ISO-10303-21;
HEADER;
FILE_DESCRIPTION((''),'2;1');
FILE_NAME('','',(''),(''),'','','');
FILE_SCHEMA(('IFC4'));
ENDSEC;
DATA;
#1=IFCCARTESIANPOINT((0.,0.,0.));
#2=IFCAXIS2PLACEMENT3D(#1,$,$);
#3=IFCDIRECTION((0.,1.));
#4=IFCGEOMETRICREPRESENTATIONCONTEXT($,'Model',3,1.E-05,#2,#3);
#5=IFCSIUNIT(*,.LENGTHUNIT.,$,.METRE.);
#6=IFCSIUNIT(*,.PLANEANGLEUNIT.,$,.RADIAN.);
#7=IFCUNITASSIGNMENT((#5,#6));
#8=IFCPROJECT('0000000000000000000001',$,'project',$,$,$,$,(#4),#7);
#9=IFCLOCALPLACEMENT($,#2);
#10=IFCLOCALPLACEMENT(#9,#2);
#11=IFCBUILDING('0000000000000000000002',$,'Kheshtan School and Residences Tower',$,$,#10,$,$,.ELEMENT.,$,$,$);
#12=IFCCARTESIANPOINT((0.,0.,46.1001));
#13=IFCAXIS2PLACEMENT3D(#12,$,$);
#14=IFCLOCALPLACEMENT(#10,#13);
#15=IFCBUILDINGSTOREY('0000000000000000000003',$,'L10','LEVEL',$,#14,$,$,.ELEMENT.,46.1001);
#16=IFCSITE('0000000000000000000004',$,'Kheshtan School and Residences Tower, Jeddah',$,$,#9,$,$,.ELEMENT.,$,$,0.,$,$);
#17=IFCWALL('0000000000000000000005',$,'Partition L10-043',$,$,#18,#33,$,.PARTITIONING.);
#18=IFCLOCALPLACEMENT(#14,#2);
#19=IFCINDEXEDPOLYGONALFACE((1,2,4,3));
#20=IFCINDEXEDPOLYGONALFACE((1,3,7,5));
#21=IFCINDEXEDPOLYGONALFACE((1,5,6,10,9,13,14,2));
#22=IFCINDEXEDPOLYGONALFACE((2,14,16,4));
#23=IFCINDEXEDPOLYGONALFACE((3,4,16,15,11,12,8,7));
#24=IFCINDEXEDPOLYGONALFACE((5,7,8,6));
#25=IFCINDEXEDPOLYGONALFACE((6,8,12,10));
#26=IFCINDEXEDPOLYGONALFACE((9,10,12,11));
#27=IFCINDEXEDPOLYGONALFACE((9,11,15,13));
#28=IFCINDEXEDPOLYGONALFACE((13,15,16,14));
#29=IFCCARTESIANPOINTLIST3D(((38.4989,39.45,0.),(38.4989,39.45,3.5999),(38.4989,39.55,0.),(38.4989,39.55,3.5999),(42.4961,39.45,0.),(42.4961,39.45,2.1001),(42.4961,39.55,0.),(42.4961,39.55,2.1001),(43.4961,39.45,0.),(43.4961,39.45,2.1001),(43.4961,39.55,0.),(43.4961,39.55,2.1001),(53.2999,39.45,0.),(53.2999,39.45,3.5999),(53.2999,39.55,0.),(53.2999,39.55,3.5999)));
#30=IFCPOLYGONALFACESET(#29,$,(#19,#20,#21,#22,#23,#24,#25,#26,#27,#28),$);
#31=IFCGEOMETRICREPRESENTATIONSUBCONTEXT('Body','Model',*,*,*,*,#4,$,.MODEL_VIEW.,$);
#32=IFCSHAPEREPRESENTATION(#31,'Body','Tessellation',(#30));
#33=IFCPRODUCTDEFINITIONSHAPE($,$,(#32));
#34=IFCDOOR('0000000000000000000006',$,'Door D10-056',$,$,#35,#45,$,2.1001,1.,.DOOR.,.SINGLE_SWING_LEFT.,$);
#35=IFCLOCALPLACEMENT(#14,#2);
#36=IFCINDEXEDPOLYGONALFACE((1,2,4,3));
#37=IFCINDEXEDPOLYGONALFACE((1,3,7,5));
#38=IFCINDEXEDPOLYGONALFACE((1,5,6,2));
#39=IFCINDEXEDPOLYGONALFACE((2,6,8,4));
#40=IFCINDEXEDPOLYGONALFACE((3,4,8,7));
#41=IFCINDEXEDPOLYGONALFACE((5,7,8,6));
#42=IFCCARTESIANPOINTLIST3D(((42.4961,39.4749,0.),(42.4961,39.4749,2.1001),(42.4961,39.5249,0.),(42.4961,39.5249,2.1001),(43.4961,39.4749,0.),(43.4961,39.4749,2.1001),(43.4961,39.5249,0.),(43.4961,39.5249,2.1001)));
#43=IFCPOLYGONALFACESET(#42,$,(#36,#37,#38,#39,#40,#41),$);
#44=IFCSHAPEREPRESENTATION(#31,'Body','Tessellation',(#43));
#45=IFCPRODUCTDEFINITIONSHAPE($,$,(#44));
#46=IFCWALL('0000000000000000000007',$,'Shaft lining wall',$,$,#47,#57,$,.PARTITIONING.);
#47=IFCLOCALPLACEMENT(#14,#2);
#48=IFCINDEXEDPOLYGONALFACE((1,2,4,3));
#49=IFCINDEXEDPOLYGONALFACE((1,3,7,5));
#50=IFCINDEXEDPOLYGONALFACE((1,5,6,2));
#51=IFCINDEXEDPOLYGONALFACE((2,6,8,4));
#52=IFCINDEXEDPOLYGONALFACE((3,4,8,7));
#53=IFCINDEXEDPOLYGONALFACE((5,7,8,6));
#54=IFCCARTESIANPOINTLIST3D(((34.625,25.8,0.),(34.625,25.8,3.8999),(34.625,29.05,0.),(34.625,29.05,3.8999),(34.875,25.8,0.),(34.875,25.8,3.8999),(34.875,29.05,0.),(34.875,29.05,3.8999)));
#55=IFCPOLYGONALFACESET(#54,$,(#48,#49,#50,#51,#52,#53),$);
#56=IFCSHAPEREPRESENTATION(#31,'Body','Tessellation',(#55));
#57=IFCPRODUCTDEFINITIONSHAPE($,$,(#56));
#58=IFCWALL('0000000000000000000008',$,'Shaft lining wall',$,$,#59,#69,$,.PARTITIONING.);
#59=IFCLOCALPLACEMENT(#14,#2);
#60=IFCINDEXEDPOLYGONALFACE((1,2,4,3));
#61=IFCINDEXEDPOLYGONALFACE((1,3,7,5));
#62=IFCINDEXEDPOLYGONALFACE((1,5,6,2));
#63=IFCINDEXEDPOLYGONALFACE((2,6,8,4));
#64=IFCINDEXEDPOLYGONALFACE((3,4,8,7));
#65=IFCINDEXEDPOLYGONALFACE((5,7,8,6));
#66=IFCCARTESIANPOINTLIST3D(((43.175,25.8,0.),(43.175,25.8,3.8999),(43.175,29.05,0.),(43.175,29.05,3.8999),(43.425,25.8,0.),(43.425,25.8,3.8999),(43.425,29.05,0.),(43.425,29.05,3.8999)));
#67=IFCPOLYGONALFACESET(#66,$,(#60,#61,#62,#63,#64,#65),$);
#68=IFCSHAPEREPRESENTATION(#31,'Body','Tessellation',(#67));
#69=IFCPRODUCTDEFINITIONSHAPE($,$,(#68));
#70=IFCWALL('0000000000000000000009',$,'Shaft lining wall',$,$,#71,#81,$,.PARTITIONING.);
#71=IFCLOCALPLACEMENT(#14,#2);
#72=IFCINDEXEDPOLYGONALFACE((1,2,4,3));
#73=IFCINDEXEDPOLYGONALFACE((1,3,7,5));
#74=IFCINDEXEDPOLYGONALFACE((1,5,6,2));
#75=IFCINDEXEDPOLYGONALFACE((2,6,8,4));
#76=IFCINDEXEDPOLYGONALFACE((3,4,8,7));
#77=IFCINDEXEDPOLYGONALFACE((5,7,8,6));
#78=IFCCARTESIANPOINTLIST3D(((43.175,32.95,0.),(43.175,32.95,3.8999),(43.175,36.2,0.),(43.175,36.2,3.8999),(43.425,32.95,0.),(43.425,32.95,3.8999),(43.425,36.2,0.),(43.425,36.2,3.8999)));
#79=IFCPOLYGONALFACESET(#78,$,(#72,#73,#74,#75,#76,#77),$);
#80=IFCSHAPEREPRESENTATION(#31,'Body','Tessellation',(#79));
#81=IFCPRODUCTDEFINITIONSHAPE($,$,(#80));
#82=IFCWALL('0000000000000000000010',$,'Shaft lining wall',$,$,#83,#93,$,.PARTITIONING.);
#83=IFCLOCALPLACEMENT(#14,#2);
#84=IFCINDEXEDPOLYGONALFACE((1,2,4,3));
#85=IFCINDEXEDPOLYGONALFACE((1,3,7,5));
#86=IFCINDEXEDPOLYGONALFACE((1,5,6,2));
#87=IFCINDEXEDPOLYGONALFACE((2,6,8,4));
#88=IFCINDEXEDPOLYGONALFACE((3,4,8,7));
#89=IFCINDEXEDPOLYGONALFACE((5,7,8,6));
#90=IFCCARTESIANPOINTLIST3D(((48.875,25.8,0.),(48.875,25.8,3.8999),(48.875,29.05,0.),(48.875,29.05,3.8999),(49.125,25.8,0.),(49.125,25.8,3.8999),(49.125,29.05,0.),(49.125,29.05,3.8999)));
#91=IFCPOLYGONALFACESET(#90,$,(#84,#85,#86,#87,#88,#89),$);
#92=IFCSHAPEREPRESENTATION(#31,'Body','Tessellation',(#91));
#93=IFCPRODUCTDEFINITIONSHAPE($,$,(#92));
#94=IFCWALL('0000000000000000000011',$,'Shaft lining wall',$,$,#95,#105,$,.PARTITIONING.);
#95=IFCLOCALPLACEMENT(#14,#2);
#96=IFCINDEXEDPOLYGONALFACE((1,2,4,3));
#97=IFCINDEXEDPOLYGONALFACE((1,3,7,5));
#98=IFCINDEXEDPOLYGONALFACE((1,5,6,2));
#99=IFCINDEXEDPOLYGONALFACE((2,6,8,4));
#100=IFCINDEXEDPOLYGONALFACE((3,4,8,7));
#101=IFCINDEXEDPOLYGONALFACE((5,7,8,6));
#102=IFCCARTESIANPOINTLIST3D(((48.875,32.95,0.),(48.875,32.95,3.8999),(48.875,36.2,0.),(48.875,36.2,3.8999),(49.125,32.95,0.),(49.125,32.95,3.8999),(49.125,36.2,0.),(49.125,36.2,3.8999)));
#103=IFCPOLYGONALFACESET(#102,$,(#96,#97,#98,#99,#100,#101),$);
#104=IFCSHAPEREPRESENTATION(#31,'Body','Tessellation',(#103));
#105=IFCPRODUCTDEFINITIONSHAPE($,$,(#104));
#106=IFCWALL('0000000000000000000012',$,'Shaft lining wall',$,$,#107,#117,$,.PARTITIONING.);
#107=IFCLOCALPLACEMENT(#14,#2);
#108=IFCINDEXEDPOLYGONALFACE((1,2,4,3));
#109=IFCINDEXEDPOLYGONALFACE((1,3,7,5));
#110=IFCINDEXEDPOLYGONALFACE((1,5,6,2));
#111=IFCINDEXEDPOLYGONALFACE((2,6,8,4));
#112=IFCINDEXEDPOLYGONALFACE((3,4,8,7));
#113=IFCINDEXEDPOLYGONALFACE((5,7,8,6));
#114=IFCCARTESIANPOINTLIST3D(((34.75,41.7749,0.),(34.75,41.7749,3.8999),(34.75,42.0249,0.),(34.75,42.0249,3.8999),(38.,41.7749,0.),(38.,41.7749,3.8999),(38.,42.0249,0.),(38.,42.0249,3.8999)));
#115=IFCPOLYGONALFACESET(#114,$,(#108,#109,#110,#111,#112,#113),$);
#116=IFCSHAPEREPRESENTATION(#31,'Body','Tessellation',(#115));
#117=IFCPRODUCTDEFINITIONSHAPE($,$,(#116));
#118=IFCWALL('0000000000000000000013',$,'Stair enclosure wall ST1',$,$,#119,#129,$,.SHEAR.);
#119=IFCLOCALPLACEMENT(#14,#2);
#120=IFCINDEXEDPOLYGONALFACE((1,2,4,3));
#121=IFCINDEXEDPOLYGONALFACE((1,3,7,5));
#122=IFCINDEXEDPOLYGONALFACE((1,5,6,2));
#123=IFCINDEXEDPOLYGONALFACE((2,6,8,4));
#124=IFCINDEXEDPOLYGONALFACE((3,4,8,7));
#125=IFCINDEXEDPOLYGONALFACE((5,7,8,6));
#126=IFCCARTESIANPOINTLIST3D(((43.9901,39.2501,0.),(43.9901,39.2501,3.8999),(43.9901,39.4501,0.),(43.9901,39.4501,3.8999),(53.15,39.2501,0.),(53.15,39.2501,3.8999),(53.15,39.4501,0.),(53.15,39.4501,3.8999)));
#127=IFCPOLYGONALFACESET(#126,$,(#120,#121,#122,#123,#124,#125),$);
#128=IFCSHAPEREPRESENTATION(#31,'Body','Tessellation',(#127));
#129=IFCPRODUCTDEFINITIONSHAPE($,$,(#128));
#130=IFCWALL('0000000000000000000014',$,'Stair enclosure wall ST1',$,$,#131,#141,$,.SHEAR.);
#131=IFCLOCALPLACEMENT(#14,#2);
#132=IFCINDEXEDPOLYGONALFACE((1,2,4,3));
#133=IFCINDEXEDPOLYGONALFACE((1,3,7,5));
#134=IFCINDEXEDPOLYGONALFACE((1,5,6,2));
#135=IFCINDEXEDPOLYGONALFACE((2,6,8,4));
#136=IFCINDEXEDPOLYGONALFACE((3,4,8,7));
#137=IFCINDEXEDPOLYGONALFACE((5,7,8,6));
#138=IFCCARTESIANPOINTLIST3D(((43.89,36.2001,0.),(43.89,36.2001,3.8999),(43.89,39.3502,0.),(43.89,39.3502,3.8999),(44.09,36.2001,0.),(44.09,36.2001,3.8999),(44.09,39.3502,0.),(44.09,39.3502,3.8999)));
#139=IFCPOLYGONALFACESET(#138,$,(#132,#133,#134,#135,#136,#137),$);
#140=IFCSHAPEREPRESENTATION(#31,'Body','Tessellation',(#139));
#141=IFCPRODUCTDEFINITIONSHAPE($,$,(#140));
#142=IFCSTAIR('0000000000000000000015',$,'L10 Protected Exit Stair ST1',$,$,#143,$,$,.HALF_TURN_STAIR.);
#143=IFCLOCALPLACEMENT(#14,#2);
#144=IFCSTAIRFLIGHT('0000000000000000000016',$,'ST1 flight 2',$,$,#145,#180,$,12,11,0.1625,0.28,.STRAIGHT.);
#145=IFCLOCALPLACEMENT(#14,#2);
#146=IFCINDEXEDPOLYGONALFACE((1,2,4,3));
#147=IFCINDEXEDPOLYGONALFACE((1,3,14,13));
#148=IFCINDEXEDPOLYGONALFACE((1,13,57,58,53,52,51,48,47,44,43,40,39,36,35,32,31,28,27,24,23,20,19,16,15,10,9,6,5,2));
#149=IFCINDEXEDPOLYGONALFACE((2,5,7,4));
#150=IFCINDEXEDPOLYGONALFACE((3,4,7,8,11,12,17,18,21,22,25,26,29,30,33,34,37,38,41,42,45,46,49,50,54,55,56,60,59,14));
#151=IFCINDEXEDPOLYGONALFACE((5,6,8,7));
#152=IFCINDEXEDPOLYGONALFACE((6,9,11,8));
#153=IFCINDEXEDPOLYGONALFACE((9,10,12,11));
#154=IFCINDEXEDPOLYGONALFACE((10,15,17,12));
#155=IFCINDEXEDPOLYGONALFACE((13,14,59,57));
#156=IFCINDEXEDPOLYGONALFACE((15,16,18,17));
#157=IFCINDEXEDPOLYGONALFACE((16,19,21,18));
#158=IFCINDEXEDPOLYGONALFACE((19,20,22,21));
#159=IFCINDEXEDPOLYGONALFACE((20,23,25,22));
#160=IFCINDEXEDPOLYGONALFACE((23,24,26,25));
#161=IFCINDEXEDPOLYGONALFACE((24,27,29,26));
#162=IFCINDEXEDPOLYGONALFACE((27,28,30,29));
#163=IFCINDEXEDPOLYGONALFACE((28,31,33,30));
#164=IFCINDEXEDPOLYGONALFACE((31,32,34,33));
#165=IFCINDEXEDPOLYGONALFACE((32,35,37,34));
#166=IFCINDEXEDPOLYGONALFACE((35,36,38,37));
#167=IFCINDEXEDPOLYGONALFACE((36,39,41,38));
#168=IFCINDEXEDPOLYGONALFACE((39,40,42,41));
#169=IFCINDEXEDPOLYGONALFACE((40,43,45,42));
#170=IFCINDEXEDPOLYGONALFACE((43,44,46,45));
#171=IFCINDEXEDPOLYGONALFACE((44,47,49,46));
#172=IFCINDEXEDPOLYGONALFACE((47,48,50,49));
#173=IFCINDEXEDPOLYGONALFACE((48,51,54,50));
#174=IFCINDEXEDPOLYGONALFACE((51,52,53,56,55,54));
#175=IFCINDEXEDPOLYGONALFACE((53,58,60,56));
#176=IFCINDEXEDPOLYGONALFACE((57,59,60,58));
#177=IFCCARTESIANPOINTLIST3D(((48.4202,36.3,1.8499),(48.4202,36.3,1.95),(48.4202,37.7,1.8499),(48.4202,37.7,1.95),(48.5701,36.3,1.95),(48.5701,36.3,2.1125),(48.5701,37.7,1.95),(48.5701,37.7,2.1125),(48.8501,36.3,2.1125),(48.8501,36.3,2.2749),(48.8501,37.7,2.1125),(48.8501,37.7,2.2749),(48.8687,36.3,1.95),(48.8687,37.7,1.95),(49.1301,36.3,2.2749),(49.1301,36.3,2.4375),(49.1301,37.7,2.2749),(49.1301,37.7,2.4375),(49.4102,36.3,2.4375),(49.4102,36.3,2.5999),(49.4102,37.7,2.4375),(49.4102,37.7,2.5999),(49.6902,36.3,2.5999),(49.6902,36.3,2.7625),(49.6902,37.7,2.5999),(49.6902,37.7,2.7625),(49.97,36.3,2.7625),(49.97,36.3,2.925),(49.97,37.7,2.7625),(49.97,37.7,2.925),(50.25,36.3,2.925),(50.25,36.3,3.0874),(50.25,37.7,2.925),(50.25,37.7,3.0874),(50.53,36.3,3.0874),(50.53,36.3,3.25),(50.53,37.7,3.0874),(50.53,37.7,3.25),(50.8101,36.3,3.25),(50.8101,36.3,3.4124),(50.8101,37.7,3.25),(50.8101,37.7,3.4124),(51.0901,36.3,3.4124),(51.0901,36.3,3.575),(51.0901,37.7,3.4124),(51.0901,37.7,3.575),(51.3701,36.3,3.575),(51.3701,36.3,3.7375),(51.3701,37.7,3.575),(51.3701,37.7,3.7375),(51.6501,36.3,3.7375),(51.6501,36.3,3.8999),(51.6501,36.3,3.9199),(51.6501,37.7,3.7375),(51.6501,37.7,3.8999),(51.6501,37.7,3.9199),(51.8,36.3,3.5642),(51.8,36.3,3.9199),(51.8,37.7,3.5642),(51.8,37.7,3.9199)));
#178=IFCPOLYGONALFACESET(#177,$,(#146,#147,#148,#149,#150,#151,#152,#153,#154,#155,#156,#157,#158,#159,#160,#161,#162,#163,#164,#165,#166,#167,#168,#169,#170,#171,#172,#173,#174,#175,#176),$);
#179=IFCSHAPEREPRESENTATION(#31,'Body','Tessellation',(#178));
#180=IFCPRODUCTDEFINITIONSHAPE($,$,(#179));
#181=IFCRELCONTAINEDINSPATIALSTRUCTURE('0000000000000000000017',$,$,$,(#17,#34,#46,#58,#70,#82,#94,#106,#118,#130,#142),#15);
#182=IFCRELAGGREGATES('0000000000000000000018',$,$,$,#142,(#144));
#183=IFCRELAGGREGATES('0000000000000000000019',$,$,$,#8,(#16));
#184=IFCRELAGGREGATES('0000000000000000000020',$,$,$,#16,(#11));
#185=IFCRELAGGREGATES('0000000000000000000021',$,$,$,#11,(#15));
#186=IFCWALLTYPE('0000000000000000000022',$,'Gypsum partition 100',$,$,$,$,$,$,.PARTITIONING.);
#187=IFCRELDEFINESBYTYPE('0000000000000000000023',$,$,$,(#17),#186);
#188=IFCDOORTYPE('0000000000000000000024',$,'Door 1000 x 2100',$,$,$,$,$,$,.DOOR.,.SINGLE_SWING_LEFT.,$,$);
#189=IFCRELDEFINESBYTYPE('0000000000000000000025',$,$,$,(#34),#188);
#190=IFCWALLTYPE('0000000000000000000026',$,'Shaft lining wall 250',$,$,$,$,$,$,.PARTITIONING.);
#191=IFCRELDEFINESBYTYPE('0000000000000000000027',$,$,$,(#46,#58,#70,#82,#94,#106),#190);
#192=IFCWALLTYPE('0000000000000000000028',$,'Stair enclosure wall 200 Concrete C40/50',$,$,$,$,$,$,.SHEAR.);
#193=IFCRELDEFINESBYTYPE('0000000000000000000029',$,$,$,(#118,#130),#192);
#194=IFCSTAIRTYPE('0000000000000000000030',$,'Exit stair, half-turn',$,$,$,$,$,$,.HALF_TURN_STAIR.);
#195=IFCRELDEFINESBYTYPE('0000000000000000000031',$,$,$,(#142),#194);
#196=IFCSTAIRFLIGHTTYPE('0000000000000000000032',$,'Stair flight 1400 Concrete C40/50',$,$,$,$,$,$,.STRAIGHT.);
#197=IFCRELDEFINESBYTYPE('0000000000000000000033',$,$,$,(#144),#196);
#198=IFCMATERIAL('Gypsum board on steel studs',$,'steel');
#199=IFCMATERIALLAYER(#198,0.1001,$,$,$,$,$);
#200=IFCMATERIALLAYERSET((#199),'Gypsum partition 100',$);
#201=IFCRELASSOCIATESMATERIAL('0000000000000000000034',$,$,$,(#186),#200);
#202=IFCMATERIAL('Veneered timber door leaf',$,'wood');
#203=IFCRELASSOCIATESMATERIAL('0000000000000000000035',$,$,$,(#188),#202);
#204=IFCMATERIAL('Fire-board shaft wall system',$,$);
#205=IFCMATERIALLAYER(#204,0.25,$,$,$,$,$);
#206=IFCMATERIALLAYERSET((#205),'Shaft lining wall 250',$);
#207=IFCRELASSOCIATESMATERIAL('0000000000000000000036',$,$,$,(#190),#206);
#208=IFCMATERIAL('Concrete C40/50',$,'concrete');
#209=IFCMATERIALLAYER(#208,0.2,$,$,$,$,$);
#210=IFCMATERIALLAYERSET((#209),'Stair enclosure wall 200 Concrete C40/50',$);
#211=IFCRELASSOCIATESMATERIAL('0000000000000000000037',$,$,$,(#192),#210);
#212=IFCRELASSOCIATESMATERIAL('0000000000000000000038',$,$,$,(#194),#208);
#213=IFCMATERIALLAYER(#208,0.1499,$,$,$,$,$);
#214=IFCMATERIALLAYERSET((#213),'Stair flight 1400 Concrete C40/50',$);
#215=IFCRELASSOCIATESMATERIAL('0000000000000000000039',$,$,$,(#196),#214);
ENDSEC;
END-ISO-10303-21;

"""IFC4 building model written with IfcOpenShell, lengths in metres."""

from ifc_helpers import new_model, si_unit, direction, frame, frame_2d, origin, place, context, subcontext, project, spatial, polyline, rectangle, outline, extrude, source, transform, mapped, material, layer, layer_set, type_object, element, fill, aggregate, save


model = new_model("IFC4")

# Units and contexts
model_context = context("Model", 3, precision=1e-05, world=origin(), true_north=direction((0.0, 1.0)))
body_context = subcontext(model_context, "Body", "Model", "MODEL_VIEW")
ifc_project = project(units=[si_unit("LENGTHUNIT", "METRE"), si_unit("PLANEANGLEUNIT", "RADIAN")], contexts=[model_context])

# Site, building, storey
site_placement = place(None, origin())
site = spatial("IfcSite", under=ifc_project, at=site_placement, Name="Kheshtan School and Residences Tower, Jeddah", CompositionType="ELEMENT", RefElevation=0.0)
building_placement = place(site_placement, origin())
building = spatial("IfcBuilding", under=site, at=building_placement, Name="Kheshtan School and Residences Tower", CompositionType="ELEMENT")
storey_placement = place(building_placement, frame((0.0, 0.0, 46.1001)))
storey = spatial("IfcBuildingStorey", under=building, at=storey_placement, Name="L10", Description="LEVEL", CompositionType="ELEMENT", Elevation=46.1001)

# Wall, opening, door
ifc_material_1 = material(Name="Gypsum board on steel studs", Category="steel")
ifc_layer_1 = layer(ifc_material_1, 0.1001)
ifc_layer_set_1 = layer_set([ifc_layer_1], Name="Gypsum partition 100")
wall_type_1 = type_object("IfcWallType", Name="Gypsum partition 100", PredefinedType="PARTITIONING", material=ifc_layer_set_1)
wall_1_placement = place(storey_placement, frame((38.499, 39.5, 0.0), z_axis=(0.0, 0.0, 1.0), x_axis=(1.0, 0.0, 0.0)))
wall_1 = element("IfcWall", 1, at=wall_1_placement, inside=storey, type_object=wall_type_1, Name="Partition L10-043", PredefinedType="PARTITIONING", context=body_context, shape_type="SweptSolid", body=[
    extrude(rectangle(XDim=14.801, YDim=0.1001, at=frame_2d((7.4004, 0.0))), origin(), (0.0, 0.0, 1.0), 3.5999),
])
opening_1_placement = place(wall_1_placement, frame((3.9971, 0.0, 0.0)))
opening_1 = element("IfcOpeningElement", 2, at=opening_1_placement, cuts=wall_1, PredefinedType="OPENING", context=body_context, shape_type="SweptSolid", body=[
    extrude(rectangle(XDim=1.0, YDim=2.1001, at=frame_2d((0.5, 1.05))), frame((0.0, 0.0601, 0.0), z_axis=(0.0, -1.0, 0.0), x_axis=(1.0, 0.0, 0.0)), (0.0, 0.0, 1.0), 0.1201),
])
ifc_material_2 = material(Name="Veneered timber door leaf", Category="wood")
door_type_1 = type_object("IfcDoorType", Name="Door 1000 x 2100", OperationType="SINGLE_SWING_LEFT", PredefinedType="DOOR", material=ifc_material_2)
shared_shape_1 = source(origin(), body_context, "Body", "SweptSolid", [
    extrude(rectangle(XDim=1.0, YDim=2.1001, at=frame_2d((0.5, 1.05))), frame((0.0, 0.0249, 0.0), z_axis=(0.0, -1.0, 0.0), x_axis=(1.0, 0.0, 0.0)), (0.0, 0.0, 1.0), 0.05),
])
door_1_placement = place(opening_1_placement, origin())
door_1 = element("IfcDoor", 3, at=door_1_placement, inside=storey, type_object=door_type_1, Name="Door D10-056", OperationType="SINGLE_SWING_LEFT", OverallHeight=2.1001, OverallWidth=1.0, PredefinedType="DOOR", context=body_context, shape_type="MappedRepresentation", body=[
    mapped(shared_shape_1, transform((0.0, 0.0, 0.0), x_axis=(1.0, 0.0, 0.0), y_axis=(0.0, 1.0, 0.0), z_axis=(0.0, 0.0, 1.0), scale=1.0)),
])
fill(opening_1, door_1)

# Walls
ifc_material_3 = material(Name="Fire-board shaft wall system")
ifc_layer_2 = layer(ifc_material_3, 0.25)
ifc_layer_set_2 = layer_set([ifc_layer_2], Name="Shaft lining wall 250")
wall_type_2 = type_object("IfcWallType", Name="Shaft lining wall 250", PredefinedType="PARTITIONING", material=ifc_layer_set_2)
for number, where, z_axis, x_axis, name in (
    (4, (34.75, 25.8, 0.0), (0.0, 0.0, 1.0), (0.0, 1.0, 0.0), "Shaft lining wall"),
    (5, (43.3, 25.8, 0.0), (0.0, 0.0, 1.0), (0.0, 1.0, 0.0), "Shaft lining wall"),
    (6, (43.3, 32.95, 0.0), (0.0, 0.0, 1.0), (0.0, 1.0, 0.0), "Shaft lining wall"),
    (7, (49.0, 25.8, 0.0), (0.0, 0.0, 1.0), (0.0, 1.0, 0.0), "Shaft lining wall"),
    (8, (49.0, 32.95, 0.0), (0.0, 0.0, 1.0), (0.0, 1.0, 0.0), "Shaft lining wall"),
    (9, (34.75, 41.8999, 0.0), (0.0, 0.0, 1.0), (1.0, 0.0, 0.0), "Shaft lining wall"),
):
    element("IfcWall", number, at=place(storey_placement, frame(where, z_axis=z_axis, x_axis=x_axis)), inside=storey, type_object=wall_type_2, Name=name, PredefinedType="PARTITIONING", context=body_context, shape_type="SweptSolid", body=[
        extrude(rectangle(XDim=3.25, YDim=0.25, at=frame_2d((1.625, 0.0))), origin(), (0.0, 0.0, 1.0), 3.8999),
    ])
ifc_material_4 = material(Name="Concrete C40/50", Category="concrete")
ifc_layer_3 = layer(ifc_material_4, 0.2)
ifc_layer_set_3 = layer_set([ifc_layer_3], Name="Stair enclosure wall 200 Concrete C40/50")
wall_type_3 = type_object("IfcWallType", Name="Stair enclosure wall 200 Concrete C40/50", PredefinedType="SHEAR", material=ifc_layer_set_3)
wall_2_placement = place(storey_placement, frame((43.99, 39.3501, 0.0), z_axis=(0.0, 0.0, 1.0), x_axis=(1.0, 0.0, 0.0)))
element("IfcWall", 10, at=wall_2_placement, inside=storey, type_object=wall_type_3, Name="Stair enclosure wall ST1", PredefinedType="SHEAR", context=body_context, shape_type="SweptSolid", body=[
    extrude(rectangle(XDim=9.1599, YDim=0.2, at=frame_2d((4.5801, 0.0))), origin(), (0.0, 0.0, 1.0), 3.8999),
])
wall_3_placement = place(storey_placement, frame((43.99, 36.2, 0.0), z_axis=(0.0, 0.0, 1.0), x_axis=(0.0, 1.0, 0.0)))
element("IfcWall", 11, at=wall_3_placement, inside=storey, type_object=wall_type_3, Name="Stair enclosure wall ST1", PredefinedType="SHEAR", context=body_context, shape_type="SweptSolid", body=[
    extrude(rectangle(XDim=3.1501, YDim=0.2, at=frame_2d((1.5752, 0.0))), origin(), (0.0, 0.0, 1.0), 3.8999),
])

# Stair, stair flight
stair_type = type_object("IfcStairType", Name="Exit stair, half-turn", PredefinedType="HALF_TURN_STAIR", material=ifc_material_4)
stair_placement = place(storey_placement, origin())
stair = element("IfcStair", 12, at=stair_placement, inside=storey, type_object=stair_type, Name="L10 Protected Exit Stair ST1", PredefinedType="HALF_TURN_STAIR")
ifc_layer_4 = layer(ifc_material_4, 0.1499)
ifc_layer_set_4 = layer_set([ifc_layer_4], Name="Stair flight 1400 Concrete C40/50")
stair_flight_type = type_object("IfcStairFlightType", Name="Stair flight 1400 Concrete C40/50", PredefinedType="STRAIGHT", material=ifc_layer_set_4)
stair_flight_placement = place(storey_placement, frame((48.5701, 37.0, 1.95), z_axis=(0.0, 0.0, 1.0), x_axis=(1.0, 0.0, 0.0)))
stair_flight = element("IfcStairFlight", 13, at=stair_flight_placement, type_object=stair_flight_type, Name="ST1 flight 2", NumberOfRisers=12, NumberOfTreads=11, PredefinedType="STRAIGHT", RiserHeight=0.1625, TreadLength=0.28, context=body_context, shape_type="SweptSolid", body=[
    extrude(outline(polyline([(-0.1499, -0.1001), (-0.1499, 0.0), (0.0, 0.0), (0.0, 0.1626), (0.28, 0.1626), (0.28, 0.325), (0.5601, 0.325), (0.5601, 0.4875), (0.8401, 0.4875), (0.8401, 0.6499), (1.1201, 0.6499), (1.1201, 0.8125), (1.3999, 0.8125), (1.3999, 0.9751), (1.6799, 0.9751), (1.6799, 1.1375), (1.96, 1.1375), (1.96, 1.3), (2.24, 1.3), (2.24, 1.4624), (2.52, 1.4624), (2.52, 1.625), (2.8, 1.625), (2.8, 1.7876), (3.0801, 1.7876), (3.0801, 1.95), (3.0801, 1.97), (3.23, 1.97), (3.23, 1.6143), (0.2986, 0.0), (-0.1499, -0.1001)])), frame((0.0, 0.7, 0.0), z_axis=(0.0, -1.0, 0.0), x_axis=(1.0, 0.0, 0.0)), (0.0, 0.0, 1.0), 1.3999),
])
aggregate(stair, [stair_flight])

save(model, "model.ifc")
